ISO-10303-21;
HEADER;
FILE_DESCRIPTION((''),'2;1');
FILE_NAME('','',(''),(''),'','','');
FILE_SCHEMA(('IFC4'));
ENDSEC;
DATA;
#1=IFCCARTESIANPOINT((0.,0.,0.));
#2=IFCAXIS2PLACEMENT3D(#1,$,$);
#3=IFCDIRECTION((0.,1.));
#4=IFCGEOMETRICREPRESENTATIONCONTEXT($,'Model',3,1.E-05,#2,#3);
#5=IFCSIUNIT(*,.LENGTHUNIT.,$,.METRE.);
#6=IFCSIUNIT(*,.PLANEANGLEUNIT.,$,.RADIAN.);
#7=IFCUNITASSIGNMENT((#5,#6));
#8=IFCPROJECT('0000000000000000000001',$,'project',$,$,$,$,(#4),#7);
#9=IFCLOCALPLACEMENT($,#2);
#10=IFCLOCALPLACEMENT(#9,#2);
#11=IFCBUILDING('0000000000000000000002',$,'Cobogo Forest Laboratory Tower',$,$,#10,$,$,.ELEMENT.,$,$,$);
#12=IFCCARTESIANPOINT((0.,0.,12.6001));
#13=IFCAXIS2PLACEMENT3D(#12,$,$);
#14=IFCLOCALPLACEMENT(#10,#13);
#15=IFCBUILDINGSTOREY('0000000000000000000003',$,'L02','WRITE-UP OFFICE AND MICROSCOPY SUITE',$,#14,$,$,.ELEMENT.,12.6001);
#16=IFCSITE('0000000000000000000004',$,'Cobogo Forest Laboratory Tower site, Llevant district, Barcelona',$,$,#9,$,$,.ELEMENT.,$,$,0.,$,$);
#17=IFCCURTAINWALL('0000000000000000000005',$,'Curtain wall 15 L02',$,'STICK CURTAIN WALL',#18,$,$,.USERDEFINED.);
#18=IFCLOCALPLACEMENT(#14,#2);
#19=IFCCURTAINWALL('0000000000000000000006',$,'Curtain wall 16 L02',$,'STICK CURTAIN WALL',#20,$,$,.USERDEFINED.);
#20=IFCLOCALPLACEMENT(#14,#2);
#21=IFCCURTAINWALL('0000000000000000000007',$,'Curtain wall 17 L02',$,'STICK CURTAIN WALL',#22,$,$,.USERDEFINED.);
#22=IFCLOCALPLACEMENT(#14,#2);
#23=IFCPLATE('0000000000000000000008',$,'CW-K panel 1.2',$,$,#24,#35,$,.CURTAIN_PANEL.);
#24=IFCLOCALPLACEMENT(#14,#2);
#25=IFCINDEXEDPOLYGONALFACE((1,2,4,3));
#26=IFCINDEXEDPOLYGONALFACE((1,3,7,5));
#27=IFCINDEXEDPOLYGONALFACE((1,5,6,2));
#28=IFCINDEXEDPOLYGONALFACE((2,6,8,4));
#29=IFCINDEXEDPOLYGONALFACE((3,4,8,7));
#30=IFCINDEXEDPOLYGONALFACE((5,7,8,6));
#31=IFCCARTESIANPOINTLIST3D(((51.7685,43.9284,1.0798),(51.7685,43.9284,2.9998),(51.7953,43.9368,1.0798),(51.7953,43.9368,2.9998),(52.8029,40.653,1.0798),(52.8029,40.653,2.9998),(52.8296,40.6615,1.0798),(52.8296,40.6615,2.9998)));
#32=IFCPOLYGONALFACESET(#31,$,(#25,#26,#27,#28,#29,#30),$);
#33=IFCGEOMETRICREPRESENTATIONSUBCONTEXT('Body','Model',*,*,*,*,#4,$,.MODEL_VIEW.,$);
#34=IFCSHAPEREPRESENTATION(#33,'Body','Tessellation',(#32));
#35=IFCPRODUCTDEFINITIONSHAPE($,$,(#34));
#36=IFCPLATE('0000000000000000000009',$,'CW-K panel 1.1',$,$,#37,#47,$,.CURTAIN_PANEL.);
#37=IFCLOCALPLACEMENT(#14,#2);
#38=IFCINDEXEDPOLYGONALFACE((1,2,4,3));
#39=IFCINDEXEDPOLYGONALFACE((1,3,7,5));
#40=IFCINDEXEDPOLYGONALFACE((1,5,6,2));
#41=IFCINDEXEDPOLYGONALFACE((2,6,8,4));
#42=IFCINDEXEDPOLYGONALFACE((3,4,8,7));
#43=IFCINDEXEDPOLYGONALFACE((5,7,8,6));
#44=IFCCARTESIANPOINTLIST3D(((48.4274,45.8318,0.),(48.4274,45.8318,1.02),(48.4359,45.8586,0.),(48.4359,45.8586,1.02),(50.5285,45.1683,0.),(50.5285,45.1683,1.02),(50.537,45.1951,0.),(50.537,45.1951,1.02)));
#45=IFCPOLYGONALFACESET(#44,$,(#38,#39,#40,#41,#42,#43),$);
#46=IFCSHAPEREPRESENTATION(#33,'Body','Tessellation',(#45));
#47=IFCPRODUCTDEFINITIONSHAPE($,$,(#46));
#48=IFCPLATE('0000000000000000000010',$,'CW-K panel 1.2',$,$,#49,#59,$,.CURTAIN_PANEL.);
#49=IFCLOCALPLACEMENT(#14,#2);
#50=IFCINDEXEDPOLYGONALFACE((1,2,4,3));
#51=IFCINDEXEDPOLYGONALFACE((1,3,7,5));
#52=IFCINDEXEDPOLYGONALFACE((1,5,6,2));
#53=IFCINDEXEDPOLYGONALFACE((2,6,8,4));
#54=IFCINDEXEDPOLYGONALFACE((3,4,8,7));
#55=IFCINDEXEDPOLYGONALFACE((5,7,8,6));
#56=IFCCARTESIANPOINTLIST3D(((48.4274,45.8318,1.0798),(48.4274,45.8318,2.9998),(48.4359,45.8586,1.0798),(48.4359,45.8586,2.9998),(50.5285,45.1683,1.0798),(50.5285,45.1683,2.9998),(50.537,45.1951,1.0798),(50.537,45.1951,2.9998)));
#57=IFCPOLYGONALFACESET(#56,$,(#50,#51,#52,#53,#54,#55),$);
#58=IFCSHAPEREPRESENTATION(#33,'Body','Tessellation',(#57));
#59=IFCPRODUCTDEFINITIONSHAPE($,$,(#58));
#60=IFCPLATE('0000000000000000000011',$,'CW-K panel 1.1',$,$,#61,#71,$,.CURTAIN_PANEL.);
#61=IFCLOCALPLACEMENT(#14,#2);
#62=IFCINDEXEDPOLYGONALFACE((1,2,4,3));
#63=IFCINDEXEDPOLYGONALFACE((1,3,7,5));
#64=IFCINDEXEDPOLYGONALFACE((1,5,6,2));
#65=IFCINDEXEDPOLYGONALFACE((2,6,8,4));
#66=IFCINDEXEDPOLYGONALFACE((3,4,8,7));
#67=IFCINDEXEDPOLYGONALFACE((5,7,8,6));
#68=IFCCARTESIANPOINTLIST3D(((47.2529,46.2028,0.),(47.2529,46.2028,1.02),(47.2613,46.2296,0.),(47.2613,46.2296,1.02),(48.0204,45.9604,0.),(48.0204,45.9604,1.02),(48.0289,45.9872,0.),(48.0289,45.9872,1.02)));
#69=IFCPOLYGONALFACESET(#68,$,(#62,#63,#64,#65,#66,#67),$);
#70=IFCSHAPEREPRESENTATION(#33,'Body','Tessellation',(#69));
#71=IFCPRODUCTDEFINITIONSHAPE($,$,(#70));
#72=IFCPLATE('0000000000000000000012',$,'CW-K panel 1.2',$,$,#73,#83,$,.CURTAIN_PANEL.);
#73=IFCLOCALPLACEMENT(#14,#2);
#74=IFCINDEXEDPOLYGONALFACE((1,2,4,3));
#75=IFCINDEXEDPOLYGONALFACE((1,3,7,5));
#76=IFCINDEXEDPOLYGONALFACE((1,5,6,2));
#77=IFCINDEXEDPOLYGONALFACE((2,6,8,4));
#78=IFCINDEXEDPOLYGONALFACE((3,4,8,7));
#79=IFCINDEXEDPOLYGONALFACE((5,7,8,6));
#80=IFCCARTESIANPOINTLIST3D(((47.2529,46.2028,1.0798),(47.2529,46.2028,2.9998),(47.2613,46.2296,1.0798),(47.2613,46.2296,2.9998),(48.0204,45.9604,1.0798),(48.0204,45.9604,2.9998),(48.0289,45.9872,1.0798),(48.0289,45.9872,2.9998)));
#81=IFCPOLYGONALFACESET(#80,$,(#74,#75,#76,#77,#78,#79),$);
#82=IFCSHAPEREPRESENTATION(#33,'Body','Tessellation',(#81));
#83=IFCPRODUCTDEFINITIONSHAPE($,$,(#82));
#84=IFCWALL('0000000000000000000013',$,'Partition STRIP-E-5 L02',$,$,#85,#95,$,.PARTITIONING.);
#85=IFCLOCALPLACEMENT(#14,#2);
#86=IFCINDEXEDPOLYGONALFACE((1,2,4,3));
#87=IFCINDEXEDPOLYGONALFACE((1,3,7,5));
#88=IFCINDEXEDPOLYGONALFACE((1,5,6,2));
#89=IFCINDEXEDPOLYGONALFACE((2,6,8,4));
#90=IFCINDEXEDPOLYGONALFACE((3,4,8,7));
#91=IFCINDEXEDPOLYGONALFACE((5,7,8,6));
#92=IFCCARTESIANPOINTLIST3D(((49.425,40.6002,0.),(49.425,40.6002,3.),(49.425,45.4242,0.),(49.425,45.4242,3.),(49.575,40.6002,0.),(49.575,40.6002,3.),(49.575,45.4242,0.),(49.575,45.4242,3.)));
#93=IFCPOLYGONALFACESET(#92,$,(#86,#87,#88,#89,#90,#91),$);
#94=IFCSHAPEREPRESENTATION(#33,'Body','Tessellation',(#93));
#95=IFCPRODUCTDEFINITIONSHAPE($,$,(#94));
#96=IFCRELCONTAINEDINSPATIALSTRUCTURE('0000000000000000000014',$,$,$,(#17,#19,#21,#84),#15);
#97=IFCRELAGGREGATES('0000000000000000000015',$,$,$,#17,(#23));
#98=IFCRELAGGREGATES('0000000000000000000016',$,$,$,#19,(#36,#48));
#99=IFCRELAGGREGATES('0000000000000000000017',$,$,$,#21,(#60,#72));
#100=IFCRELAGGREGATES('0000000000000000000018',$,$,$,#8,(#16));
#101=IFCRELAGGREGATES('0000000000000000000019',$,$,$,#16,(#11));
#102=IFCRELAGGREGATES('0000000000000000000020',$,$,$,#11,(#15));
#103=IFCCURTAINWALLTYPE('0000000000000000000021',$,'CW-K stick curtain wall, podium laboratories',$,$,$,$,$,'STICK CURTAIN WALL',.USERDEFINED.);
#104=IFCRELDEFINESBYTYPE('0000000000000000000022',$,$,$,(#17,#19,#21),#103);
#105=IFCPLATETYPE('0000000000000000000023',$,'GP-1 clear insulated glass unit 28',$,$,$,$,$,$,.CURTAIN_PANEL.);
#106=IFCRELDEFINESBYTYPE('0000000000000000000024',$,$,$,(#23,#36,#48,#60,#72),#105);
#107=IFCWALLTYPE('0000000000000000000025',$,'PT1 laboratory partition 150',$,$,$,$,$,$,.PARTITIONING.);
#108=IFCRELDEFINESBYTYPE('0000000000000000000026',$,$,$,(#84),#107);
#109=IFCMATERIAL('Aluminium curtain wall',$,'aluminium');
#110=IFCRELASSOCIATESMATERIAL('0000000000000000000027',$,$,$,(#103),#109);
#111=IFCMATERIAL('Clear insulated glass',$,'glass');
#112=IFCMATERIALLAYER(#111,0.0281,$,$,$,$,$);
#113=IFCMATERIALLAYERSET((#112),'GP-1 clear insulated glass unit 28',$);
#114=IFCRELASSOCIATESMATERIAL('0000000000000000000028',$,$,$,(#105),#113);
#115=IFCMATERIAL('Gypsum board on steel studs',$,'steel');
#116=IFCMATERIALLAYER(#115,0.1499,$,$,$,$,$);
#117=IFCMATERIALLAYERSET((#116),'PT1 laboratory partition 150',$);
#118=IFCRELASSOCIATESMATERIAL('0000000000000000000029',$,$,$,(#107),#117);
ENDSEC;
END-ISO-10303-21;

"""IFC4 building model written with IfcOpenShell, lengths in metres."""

from ifc_helpers import new_model, si_unit, direction, frame, frame_2d, origin, origin_2d, place, context, subcontext, project, spatial, rectangle, extrude, material, layer, layer_set, type_object, element, aggregate, save


model = new_model("IFC4")

# Units and contexts
model_context = context("Model", 3, precision=1e-05, world=origin(), true_north=direction((0.0, 1.0)))
body_context = subcontext(model_context, "Body", "Model", "MODEL_VIEW")
ifc_project = project(units=[si_unit("LENGTHUNIT", "METRE"), si_unit("PLANEANGLEUNIT", "RADIAN")], contexts=[model_context])

# Site, building, storey
site_placement = place(None, origin())
site = spatial("IfcSite", under=ifc_project, at=site_placement, Name="Cobogo Forest Laboratory Tower site, Llevant district, Barcelona", CompositionType="ELEMENT", RefElevation=0.0)
building_placement = place(site_placement, origin())
building = spatial("IfcBuilding", under=site, at=building_placement, Name="Cobogo Forest Laboratory Tower", CompositionType="ELEMENT")
storey_placement = place(building_placement, frame((0.0, 0.0, 12.6001)))
storey = spatial("IfcBuildingStorey", under=building, at=storey_placement, Name="L02", Description="WRITE-UP OFFICE AND MICROSCOPY SUITE", CompositionType="ELEMENT", Elevation=12.6001)

# Shared definitions
ifc_material_1 = material(Name="Aluminium curtain wall", Category="aluminium")
curtain_wall_type = type_object("IfcCurtainWallType", Name="CW-K stick curtain wall, podium laboratories", ElementType="STICK CURTAIN WALL", PredefinedType="USERDEFINED", material=ifc_material_1)

# Curtain walls
curtain_wall_1_placement = place(storey_placement, origin())
curtain_wall_1 = element("IfcCurtainWall", 1, at=curtain_wall_1_placement, inside=storey, type_object=curtain_wall_type, Name="Curtain wall 15 L02", ObjectType="STICK CURTAIN WALL", PredefinedType="USERDEFINED")
curtain_wall_2_placement = place(storey_placement, origin())
curtain_wall_2 = element("IfcCurtainWall", 2, at=curtain_wall_2_placement, inside=storey, type_object=curtain_wall_type, Name="Curtain wall 16 L02", ObjectType="STICK CURTAIN WALL", PredefinedType="USERDEFINED")
curtain_wall_3_placement = place(storey_placement, origin())
curtain_wall_3 = element("IfcCurtainWall", 3, at=curtain_wall_3_placement, inside=storey, type_object=curtain_wall_type, Name="Curtain wall 17 L02", ObjectType="STICK CURTAIN WALL", PredefinedType="USERDEFINED")

# Plates
ifc_material_2 = material(Name="Clear insulated glass", Category="glass")
ifc_layer_1 = layer(ifc_material_2, 0.0281)
ifc_layer_set_1 = layer_set([ifc_layer_1], Name="GP-1 clear insulated glass unit 28")
plate_type = type_object("IfcPlateType", Name="GP-1 clear insulated glass unit 28", PredefinedType="CURTAIN_PANEL", material=ifc_layer_set_1)
plate_1_placement = place(storey_placement, frame((52.2991, 42.2949, 1.0798), z_axis=(0.0, 0.0, 1.0), x_axis=(-0.301135, 0.953581, 0.0)))
plate_1 = element("IfcPlate", 4, at=plate_1_placement, type_object=plate_type, Name="CW-K panel 1.2", PredefinedType="CURTAIN_PANEL", context=body_context, shape_type="SweptSolid", body=[
    extrude(rectangle(XDim=3.4348, YDim=0.0281, at=origin_2d()), origin(), (0.0, 0.0, 1.0), 1.9199),
])
aggregate(curtain_wall_1, [plate_1])
plate_2_placement = place(storey_placement, frame((49.4822, 45.5134, 0.0), z_axis=(0.0, 0.0, 1.0), x_axis=(-0.953581, 0.301135, 0.0)))
plate_2 = element("IfcPlate", 5, at=plate_2_placement, type_object=plate_type, Name="CW-K panel 1.1", PredefinedType="CURTAIN_PANEL", context=body_context, shape_type="SweptSolid", body=[
    extrude(rectangle(XDim=2.2034, YDim=0.0281, at=origin_2d()), origin(), (0.0, 0.0, 1.0), 1.02),
])
plate_3_placement = place(storey_placement, frame((49.4822, 45.5134, 1.0798), z_axis=(0.0, 0.0, 1.0), x_axis=(-0.953581, 0.301135, 0.0)))
plate_3 = element("IfcPlate", 6, at=plate_3_placement, type_object=plate_type, Name="CW-K panel 1.2", PredefinedType="CURTAIN_PANEL", context=body_context, shape_type="SweptSolid", body=[
    extrude(rectangle(XDim=2.2034, YDim=0.0281, at=origin_2d()), origin(), (0.0, 0.0, 1.0), 1.9199),
])
aggregate(curtain_wall_2, [plate_2, plate_3])
plate_4_placement = place(storey_placement, frame((47.6409, 46.095, 0.0), z_axis=(0.0, 0.0, 1.0), x_axis=(-0.953581, 0.301135, 0.0)))
plate_4 = element("IfcPlate", 7, at=plate_4_placement, type_object=plate_type, Name="CW-K panel 1.1", PredefinedType="CURTAIN_PANEL", context=body_context, shape_type="SweptSolid", body=[
    extrude(rectangle(XDim=0.8049, YDim=0.0281, at=origin_2d()), origin(), (0.0, 0.0, 1.0), 1.02),
])
plate_5_placement = place(storey_placement, frame((47.6409, 46.095, 1.0798), z_axis=(0.0, 0.0, 1.0), x_axis=(-0.953581, 0.301135, 0.0)))
plate_5 = element("IfcPlate", 8, at=plate_5_placement, type_object=plate_type, Name="CW-K panel 1.2", PredefinedType="CURTAIN_PANEL", context=body_context, shape_type="SweptSolid", body=[
    extrude(rectangle(XDim=0.8049, YDim=0.0281, at=origin_2d()), origin(), (0.0, 0.0, 1.0), 1.9199),
])
aggregate(curtain_wall_3, [plate_4, plate_5])

# Wall
ifc_material_3 = material(Name="Gypsum board on steel studs", Category="steel")
ifc_layer_2 = layer(ifc_material_3, 0.1499)
ifc_layer_set_2 = layer_set([ifc_layer_2], Name="PT1 laboratory partition 150")
wall_type = type_object("IfcWallType", Name="PT1 laboratory partition 150", PredefinedType="PARTITIONING", material=ifc_layer_set_2)
wall_placement = place(storey_placement, frame((49.5, 40.6001, 0.0), z_axis=(0.0, 0.0, 1.0), x_axis=(0.0, 1.0, 0.0)))
element("IfcWall", 9, at=wall_placement, inside=storey, type_object=wall_type, Name="Partition STRIP-E-5 L02", PredefinedType="PARTITIONING", context=body_context, shape_type="SweptSolid", body=[
    extrude(rectangle(XDim=4.824, YDim=0.1499, at=frame_2d((2.4121, 0.0))), origin(), (0.0, 0.0, 1.0), 3.0),
])

save(model, "model.ifc")
